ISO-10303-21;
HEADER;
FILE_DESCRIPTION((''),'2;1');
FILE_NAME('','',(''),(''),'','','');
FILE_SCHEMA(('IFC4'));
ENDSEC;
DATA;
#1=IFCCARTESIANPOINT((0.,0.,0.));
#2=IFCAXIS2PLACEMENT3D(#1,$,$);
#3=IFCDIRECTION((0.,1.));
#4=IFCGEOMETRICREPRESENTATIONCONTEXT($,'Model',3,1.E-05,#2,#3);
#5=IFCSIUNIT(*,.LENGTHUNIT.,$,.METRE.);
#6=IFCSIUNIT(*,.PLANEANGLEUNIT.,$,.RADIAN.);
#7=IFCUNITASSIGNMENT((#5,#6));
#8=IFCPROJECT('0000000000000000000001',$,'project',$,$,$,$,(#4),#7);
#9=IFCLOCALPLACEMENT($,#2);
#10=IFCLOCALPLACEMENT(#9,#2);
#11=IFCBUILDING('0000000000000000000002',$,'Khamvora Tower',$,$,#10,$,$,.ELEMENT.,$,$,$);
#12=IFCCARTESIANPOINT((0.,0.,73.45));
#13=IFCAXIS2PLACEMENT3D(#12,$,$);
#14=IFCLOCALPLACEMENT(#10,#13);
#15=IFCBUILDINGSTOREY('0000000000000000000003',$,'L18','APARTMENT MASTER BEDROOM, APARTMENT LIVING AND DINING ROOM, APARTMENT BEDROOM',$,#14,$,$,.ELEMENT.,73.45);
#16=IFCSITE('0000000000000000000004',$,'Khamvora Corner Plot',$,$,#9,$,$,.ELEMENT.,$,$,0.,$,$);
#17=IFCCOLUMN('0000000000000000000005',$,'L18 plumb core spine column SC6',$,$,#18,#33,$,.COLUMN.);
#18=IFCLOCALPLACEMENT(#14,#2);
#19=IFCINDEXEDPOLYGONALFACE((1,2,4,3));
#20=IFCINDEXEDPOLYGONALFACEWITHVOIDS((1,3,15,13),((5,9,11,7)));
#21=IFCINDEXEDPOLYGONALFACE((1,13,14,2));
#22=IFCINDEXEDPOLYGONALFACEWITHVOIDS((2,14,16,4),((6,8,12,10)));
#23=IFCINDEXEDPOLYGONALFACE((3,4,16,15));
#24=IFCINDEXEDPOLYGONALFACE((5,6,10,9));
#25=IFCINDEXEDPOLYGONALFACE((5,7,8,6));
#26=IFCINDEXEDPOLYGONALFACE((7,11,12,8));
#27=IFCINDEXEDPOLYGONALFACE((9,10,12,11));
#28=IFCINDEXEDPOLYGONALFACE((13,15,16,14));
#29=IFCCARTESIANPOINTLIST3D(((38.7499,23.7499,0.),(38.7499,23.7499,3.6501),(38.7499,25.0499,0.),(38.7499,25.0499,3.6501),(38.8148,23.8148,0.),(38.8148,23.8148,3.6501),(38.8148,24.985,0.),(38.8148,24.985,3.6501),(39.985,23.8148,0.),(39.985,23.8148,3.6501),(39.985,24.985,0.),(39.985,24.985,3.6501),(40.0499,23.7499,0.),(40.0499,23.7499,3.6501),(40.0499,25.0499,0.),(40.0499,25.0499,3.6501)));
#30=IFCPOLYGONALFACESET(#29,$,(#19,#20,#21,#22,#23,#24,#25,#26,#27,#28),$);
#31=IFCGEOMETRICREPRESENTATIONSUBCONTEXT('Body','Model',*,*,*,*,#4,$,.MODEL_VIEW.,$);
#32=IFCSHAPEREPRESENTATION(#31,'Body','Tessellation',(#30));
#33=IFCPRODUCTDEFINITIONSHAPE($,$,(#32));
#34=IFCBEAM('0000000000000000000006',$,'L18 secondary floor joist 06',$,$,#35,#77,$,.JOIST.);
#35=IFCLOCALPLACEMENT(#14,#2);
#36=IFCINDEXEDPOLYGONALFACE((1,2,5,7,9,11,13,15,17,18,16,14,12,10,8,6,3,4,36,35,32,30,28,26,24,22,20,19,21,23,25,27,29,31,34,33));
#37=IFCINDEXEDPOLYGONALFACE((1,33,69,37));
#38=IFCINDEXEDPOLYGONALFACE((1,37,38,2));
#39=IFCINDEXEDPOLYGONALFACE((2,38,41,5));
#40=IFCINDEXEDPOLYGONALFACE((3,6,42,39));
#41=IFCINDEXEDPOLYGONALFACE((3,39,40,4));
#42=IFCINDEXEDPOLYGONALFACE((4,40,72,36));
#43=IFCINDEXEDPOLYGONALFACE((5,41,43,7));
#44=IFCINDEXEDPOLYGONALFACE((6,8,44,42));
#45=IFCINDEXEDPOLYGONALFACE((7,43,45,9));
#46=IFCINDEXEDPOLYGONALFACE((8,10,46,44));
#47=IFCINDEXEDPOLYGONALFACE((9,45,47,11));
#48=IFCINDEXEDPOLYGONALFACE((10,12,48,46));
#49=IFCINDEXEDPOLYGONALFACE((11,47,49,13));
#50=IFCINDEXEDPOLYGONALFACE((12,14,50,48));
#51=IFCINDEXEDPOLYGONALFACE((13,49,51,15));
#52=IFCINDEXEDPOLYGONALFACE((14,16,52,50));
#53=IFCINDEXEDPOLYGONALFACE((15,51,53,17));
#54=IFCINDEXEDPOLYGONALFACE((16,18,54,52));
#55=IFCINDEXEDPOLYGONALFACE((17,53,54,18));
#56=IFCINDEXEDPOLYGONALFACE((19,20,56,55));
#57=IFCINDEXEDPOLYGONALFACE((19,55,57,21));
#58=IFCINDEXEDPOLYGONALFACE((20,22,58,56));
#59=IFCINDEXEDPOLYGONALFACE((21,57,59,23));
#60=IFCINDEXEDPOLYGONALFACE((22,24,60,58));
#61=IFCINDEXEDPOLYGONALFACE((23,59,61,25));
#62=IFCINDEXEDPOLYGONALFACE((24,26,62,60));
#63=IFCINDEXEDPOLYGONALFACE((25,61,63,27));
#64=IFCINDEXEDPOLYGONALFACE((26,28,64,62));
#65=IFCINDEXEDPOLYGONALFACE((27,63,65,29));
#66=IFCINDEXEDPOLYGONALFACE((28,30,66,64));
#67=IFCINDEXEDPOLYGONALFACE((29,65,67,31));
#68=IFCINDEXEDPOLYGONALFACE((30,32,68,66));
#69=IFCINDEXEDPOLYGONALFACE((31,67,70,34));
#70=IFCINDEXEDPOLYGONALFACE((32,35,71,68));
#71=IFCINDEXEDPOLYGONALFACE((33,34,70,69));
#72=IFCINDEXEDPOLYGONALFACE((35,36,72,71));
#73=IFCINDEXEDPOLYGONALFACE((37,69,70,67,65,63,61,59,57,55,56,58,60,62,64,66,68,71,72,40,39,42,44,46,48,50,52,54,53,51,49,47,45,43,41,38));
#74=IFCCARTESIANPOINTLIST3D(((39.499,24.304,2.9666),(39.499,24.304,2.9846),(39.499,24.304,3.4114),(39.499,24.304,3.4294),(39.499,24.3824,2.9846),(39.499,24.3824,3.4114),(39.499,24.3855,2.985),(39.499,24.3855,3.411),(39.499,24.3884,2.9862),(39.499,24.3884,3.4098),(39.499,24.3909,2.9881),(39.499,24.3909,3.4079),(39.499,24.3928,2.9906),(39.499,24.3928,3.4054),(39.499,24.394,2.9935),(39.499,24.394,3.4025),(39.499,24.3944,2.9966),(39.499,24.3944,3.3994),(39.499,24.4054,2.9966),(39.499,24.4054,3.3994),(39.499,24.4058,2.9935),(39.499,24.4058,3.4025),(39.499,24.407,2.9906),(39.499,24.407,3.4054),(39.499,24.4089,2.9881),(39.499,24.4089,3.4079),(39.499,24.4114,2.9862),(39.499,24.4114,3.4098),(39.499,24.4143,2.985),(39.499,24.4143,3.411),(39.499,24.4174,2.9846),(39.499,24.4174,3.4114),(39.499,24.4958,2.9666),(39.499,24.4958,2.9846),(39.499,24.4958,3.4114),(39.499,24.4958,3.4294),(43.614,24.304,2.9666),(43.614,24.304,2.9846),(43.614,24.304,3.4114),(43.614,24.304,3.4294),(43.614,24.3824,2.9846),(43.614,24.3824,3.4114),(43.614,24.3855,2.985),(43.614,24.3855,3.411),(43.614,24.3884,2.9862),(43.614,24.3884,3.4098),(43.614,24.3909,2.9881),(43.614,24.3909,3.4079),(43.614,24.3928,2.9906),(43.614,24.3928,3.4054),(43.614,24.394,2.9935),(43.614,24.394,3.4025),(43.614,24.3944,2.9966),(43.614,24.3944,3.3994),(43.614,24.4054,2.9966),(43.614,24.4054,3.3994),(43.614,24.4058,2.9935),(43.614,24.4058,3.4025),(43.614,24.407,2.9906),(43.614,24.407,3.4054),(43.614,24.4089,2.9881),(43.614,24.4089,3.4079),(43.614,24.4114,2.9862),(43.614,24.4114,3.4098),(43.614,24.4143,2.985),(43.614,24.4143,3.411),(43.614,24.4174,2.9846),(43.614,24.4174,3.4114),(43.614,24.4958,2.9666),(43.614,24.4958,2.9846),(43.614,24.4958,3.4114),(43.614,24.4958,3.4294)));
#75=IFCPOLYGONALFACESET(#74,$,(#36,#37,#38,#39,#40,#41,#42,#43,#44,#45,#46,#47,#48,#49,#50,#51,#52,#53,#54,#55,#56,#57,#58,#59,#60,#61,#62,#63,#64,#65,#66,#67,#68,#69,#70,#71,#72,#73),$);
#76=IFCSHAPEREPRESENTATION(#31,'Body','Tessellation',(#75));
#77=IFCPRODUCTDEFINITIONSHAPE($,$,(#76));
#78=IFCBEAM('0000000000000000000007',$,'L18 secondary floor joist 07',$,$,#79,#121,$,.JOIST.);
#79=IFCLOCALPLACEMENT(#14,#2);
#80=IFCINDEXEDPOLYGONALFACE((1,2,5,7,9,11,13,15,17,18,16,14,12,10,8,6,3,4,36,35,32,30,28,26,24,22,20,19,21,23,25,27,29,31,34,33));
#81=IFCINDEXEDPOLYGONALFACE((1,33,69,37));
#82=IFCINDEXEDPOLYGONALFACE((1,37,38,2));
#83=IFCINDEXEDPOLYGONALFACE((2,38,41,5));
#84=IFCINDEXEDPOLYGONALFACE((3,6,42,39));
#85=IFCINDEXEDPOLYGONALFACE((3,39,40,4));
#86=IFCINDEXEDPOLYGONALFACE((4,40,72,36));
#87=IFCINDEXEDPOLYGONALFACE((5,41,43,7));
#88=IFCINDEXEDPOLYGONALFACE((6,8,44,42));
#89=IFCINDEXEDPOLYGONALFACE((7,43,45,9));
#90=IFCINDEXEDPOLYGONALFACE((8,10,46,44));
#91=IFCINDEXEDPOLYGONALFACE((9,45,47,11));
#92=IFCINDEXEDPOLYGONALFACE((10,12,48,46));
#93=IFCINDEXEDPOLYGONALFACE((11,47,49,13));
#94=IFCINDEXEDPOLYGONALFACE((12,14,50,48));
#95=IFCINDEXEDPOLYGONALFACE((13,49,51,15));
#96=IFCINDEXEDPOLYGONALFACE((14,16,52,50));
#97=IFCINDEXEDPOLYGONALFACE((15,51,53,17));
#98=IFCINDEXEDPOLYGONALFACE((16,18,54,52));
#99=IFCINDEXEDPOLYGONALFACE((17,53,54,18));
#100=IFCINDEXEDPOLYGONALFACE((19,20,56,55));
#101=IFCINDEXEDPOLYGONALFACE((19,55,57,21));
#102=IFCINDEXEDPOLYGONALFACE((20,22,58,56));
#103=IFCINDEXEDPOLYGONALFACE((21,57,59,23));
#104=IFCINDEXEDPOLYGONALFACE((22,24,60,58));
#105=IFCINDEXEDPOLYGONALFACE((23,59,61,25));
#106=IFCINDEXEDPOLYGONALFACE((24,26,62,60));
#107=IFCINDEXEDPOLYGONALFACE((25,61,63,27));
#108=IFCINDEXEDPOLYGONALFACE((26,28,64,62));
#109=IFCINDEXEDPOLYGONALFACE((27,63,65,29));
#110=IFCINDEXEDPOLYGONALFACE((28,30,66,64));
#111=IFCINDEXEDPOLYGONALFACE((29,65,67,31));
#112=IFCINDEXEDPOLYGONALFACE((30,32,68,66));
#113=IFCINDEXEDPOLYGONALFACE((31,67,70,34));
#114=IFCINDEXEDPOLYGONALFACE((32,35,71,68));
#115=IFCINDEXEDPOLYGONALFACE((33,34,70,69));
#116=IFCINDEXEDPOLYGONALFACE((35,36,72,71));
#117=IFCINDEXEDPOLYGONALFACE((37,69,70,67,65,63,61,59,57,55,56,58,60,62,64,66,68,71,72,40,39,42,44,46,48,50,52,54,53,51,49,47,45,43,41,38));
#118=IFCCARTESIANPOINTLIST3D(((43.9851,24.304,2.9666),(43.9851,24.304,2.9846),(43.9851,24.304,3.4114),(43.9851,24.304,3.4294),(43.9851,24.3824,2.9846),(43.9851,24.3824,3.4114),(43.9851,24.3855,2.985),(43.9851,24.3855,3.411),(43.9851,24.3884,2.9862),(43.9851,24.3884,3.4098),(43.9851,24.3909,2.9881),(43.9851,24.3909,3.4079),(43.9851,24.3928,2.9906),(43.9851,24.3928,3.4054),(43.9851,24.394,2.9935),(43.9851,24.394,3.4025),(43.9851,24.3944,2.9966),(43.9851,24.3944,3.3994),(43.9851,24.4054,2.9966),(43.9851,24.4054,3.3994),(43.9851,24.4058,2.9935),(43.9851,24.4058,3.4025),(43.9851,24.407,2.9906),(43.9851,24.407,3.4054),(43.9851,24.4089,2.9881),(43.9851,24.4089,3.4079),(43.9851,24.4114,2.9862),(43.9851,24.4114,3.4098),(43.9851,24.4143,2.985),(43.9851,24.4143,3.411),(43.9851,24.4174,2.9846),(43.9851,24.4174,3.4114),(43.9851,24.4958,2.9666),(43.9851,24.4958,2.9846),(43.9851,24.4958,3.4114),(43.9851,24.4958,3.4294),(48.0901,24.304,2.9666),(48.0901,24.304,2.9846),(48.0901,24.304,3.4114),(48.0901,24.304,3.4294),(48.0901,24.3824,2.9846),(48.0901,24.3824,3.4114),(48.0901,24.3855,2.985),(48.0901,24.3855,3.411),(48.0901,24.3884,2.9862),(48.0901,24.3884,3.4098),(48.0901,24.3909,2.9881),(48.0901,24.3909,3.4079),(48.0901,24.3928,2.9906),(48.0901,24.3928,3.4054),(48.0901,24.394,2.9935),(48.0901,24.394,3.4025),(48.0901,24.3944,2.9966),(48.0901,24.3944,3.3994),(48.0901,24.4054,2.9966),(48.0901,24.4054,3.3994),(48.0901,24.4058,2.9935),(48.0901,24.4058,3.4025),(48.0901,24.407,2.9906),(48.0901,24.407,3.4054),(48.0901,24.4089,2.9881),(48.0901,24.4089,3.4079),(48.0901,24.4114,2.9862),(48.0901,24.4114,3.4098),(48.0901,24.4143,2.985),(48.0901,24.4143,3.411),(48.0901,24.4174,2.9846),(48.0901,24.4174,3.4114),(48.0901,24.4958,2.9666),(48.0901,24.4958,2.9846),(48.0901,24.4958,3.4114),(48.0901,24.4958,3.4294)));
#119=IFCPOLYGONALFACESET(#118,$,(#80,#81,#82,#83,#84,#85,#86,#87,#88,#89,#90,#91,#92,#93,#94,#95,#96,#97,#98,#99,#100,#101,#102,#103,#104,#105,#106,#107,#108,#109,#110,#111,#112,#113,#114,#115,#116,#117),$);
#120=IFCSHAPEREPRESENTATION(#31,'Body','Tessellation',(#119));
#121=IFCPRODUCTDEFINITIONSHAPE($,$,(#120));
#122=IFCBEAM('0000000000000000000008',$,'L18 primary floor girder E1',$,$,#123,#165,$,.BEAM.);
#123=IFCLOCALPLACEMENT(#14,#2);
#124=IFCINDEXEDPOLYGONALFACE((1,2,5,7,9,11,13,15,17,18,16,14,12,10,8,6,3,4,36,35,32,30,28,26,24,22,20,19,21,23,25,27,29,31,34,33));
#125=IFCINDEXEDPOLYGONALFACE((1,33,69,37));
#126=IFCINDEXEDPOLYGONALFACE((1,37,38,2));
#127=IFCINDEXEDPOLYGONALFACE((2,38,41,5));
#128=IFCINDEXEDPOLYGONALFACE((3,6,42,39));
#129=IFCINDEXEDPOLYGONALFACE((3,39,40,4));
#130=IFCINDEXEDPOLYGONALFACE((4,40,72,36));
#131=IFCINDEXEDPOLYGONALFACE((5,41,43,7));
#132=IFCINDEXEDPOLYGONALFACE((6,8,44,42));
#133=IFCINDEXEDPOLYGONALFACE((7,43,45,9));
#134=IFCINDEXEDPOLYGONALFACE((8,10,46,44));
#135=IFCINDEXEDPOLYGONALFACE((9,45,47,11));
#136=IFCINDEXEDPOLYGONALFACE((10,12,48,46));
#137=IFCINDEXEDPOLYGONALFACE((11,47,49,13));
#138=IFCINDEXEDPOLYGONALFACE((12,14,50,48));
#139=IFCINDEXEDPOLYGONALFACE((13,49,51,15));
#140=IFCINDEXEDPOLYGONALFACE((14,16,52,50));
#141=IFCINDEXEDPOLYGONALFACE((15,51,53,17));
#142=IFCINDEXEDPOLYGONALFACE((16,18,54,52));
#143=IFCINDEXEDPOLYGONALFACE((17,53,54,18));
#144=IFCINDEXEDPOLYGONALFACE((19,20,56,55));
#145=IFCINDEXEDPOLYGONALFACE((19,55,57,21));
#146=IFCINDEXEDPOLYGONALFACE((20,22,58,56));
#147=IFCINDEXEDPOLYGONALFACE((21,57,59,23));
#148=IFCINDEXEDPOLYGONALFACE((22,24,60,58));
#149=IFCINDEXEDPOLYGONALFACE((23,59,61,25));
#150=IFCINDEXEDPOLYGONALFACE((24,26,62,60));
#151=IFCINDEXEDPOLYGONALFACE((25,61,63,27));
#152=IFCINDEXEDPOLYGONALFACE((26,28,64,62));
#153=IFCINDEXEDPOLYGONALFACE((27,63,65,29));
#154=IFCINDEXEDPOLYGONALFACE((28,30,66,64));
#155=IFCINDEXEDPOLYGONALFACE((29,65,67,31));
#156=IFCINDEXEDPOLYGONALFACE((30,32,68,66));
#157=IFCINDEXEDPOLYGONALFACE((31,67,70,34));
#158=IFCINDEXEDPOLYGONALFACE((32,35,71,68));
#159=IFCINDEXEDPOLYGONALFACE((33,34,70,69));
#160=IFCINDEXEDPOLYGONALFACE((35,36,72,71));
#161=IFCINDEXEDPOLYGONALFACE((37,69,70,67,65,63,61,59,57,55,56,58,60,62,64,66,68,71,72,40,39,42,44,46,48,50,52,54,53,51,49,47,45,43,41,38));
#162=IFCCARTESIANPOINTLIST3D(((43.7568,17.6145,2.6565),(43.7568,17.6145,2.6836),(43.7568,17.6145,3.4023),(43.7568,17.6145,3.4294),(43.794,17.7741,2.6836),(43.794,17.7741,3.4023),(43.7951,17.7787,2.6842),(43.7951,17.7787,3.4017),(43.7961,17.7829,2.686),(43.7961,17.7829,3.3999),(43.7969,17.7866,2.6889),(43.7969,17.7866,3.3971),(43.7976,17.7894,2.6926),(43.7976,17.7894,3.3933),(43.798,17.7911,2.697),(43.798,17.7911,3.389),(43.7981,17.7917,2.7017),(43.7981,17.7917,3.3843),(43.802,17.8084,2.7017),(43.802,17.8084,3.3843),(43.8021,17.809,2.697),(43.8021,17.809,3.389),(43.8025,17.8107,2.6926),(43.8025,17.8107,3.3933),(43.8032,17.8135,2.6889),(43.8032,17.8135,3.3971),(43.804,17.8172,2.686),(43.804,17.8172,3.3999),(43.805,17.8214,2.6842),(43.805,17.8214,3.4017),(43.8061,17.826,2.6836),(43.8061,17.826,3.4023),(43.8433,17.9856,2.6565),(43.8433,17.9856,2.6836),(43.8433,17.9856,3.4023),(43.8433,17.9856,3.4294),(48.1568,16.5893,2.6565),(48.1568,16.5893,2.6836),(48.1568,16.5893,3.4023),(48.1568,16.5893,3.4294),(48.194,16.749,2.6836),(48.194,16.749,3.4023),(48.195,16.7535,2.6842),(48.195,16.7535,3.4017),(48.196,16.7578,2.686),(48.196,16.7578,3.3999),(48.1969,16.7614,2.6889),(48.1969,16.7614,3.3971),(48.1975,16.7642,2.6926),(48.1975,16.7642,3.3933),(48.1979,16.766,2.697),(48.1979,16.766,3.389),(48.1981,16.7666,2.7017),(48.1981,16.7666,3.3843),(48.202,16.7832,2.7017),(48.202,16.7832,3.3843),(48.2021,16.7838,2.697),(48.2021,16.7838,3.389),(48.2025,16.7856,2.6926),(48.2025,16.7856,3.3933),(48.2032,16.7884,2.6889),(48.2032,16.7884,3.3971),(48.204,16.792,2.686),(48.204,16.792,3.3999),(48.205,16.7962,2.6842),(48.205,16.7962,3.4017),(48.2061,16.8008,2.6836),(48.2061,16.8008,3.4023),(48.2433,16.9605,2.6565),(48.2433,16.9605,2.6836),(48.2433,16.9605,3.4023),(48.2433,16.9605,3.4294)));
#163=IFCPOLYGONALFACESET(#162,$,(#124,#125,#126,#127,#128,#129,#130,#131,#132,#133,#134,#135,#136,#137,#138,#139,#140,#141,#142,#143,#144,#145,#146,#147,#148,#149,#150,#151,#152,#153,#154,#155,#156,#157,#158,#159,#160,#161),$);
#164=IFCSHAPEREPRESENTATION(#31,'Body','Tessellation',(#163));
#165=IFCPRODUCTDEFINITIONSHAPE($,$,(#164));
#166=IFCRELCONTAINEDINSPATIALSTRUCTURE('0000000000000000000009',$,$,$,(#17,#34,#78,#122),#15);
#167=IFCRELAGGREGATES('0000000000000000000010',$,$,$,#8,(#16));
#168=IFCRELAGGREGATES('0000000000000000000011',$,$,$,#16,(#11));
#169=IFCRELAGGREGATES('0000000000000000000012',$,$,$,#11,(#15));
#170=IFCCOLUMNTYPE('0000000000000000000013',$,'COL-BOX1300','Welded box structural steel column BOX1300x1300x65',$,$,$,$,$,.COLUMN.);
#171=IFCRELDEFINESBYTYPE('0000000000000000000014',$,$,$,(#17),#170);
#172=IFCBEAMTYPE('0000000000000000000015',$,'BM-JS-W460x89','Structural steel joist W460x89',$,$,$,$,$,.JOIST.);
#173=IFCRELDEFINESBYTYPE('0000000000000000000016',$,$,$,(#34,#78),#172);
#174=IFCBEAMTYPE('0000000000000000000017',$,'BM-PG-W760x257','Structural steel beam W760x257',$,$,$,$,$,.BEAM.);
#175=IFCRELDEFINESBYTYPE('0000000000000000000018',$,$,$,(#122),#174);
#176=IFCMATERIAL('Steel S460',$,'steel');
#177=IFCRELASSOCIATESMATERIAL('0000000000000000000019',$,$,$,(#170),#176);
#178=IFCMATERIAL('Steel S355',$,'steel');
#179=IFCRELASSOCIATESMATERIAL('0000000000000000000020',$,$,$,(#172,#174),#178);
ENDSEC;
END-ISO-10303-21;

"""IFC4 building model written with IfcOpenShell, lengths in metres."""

from ifc_helpers import new_model, si_unit, direction, frame, origin, origin_2d, place, context, subcontext, project, spatial, hollow_rectangle, i_section, extrude, material, material_profile, profile_set, type_object, element, save


model = new_model("IFC4")

# Units and contexts
model_context = context("Model", 3, precision=1e-05, world=origin(), true_north=direction((0.0, 1.0)))
body_context = subcontext(model_context, "Body", "Model", "MODEL_VIEW")
ifc_project = project(units=[si_unit("LENGTHUNIT", "METRE"), si_unit("PLANEANGLEUNIT", "RADIAN")], contexts=[model_context])

# Site, building, storey
site_placement = place(None, origin())
site = spatial("IfcSite", under=ifc_project, at=site_placement, Name="Khamvora Corner Plot", CompositionType="ELEMENT", RefElevation=0.0)
building_placement = place(site_placement, origin())
building = spatial("IfcBuilding", under=site, at=building_placement, Name="Khamvora Tower", CompositionType="ELEMENT")
storey_placement = place(building_placement, frame((0.0, 0.0, 73.45)))
storey = spatial("IfcBuildingStorey", under=building, at=storey_placement, Name="L18", Description="APARTMENT MASTER BEDROOM, APARTMENT LIVING AND DINING ROOM, APARTMENT BEDROOM", CompositionType="ELEMENT", Elevation=73.45)

# Column
ifc_material_1 = material(Name="Steel S460", Category="steel")
ifc_material_profile_1 = material_profile(ifc_material_1, hollow_rectangle(XDim=1.3, YDim=1.3, WallThickness=0.0649, at=origin_2d()), Name="BOX1300x1300x65")
ifc_profile_set_1 = profile_set([ifc_material_profile_1], Name="Steel S460")
column_type = type_object("IfcColumnType", Name="COL-BOX1300", Description="Welded box structural steel column BOX1300x1300x65", PredefinedType="COLUMN", material=ifc_profile_set_1)
column_placement = place(storey_placement, frame((39.3999, 24.3999, 0.0), z_axis=(0.0, 0.0, 1.0), x_axis=(1.0, 0.0, 0.0)))
element("IfcColumn", 1, at=column_placement, inside=storey, type_object=column_type, Name="L18 plumb core spine column SC6", PredefinedType="COLUMN", context=body_context, shape_type="SweptSolid", body=[
    extrude(hollow_rectangle(XDim=1.3, YDim=1.3, WallThickness=0.0649, at=origin_2d()), origin(), (0.0, 0.0, 1.0), 3.6501),
])

# Beams
ifc_material_2 = material(Name="Steel S355", Category="steel")
ifc_material_profile_2 = material_profile(ifc_material_2, i_section(OverallWidth=0.1919, OverallDepth=0.4629, WebThickness=0.011, FlangeThickness=0.0181, FilletRadius=0.012, at=origin_2d()), Name="W460x89")
ifc_profile_set_2 = profile_set([ifc_material_profile_2], Name="Steel S355")
beam_type_1 = type_object("IfcBeamType", Name="BM-JS-W460x89", Description="Structural steel joist W460x89", PredefinedType="JOIST", material=ifc_profile_set_2)
beam_1_placement = place(storey_placement, frame((39.499, 24.3999, 3.198), z_axis=(1.0, 0.0, 0.0), x_axis=(0.0, 1.0, 0.0)))
element("IfcBeam", 2, at=beam_1_placement, inside=storey, type_object=beam_type_1, Name="L18 secondary floor joist 06", PredefinedType="JOIST", context=body_context, shape_type="SweptSolid", body=[
    extrude(i_section(OverallWidth=0.1919, OverallDepth=0.4629, WebThickness=0.011, FlangeThickness=0.0181, FilletRadius=0.012, at=origin_2d()), origin(), (0.0, 0.0, 1.0), 4.115),
])
beam_2_placement = place(storey_placement, frame((43.9851, 24.3999, 3.198), z_axis=(1.0, 0.0, 0.0), x_axis=(0.0, 1.0, 0.0)))
element("IfcBeam", 3, at=beam_2_placement, inside=storey, type_object=beam_type_1, Name="L18 secondary floor joist 07", PredefinedType="JOIST", context=body_context, shape_type="SweptSolid", body=[
    extrude(i_section(OverallWidth=0.1919, OverallDepth=0.4629, WebThickness=0.011, FlangeThickness=0.0181, FilletRadius=0.012, at=origin_2d()), origin(), (0.0, 0.0, 1.0), 4.105),
])
ifc_material_profile_3 = material_profile(ifc_material_2, i_section(OverallWidth=0.3811, OverallDepth=0.7729, WebThickness=0.0171, FlangeThickness=0.0271, FilletRadius=0.0181, at=origin_2d()), Name="W760x257")
ifc_profile_set_3 = profile_set([ifc_material_profile_3], Name="Steel S355")
beam_type_2 = type_object("IfcBeamType", Name="BM-PG-W760x257", Description="Structural steel beam W760x257", PredefinedType="BEAM", material=ifc_profile_set_3)
beam_3_placement = place(storey_placement, frame((43.8, 17.8, 3.043), z_axis=(0.973915, -0.226915, 0.0), x_axis=(0.226915, 0.973915, 0.0)))
element("IfcBeam", 4, at=beam_3_placement, inside=storey, type_object=beam_type_2, Name="L18 primary floor girder E1", PredefinedType="BEAM", context=body_context, shape_type="SweptSolid", body=[
    extrude(i_section(OverallWidth=0.3811, OverallDepth=0.7729, WebThickness=0.0171, FlangeThickness=0.0271, FilletRadius=0.0181, at=origin_2d()), origin(), (0.0, 0.0, 1.0), 4.5178),
])

save(model, "model.ifc")
